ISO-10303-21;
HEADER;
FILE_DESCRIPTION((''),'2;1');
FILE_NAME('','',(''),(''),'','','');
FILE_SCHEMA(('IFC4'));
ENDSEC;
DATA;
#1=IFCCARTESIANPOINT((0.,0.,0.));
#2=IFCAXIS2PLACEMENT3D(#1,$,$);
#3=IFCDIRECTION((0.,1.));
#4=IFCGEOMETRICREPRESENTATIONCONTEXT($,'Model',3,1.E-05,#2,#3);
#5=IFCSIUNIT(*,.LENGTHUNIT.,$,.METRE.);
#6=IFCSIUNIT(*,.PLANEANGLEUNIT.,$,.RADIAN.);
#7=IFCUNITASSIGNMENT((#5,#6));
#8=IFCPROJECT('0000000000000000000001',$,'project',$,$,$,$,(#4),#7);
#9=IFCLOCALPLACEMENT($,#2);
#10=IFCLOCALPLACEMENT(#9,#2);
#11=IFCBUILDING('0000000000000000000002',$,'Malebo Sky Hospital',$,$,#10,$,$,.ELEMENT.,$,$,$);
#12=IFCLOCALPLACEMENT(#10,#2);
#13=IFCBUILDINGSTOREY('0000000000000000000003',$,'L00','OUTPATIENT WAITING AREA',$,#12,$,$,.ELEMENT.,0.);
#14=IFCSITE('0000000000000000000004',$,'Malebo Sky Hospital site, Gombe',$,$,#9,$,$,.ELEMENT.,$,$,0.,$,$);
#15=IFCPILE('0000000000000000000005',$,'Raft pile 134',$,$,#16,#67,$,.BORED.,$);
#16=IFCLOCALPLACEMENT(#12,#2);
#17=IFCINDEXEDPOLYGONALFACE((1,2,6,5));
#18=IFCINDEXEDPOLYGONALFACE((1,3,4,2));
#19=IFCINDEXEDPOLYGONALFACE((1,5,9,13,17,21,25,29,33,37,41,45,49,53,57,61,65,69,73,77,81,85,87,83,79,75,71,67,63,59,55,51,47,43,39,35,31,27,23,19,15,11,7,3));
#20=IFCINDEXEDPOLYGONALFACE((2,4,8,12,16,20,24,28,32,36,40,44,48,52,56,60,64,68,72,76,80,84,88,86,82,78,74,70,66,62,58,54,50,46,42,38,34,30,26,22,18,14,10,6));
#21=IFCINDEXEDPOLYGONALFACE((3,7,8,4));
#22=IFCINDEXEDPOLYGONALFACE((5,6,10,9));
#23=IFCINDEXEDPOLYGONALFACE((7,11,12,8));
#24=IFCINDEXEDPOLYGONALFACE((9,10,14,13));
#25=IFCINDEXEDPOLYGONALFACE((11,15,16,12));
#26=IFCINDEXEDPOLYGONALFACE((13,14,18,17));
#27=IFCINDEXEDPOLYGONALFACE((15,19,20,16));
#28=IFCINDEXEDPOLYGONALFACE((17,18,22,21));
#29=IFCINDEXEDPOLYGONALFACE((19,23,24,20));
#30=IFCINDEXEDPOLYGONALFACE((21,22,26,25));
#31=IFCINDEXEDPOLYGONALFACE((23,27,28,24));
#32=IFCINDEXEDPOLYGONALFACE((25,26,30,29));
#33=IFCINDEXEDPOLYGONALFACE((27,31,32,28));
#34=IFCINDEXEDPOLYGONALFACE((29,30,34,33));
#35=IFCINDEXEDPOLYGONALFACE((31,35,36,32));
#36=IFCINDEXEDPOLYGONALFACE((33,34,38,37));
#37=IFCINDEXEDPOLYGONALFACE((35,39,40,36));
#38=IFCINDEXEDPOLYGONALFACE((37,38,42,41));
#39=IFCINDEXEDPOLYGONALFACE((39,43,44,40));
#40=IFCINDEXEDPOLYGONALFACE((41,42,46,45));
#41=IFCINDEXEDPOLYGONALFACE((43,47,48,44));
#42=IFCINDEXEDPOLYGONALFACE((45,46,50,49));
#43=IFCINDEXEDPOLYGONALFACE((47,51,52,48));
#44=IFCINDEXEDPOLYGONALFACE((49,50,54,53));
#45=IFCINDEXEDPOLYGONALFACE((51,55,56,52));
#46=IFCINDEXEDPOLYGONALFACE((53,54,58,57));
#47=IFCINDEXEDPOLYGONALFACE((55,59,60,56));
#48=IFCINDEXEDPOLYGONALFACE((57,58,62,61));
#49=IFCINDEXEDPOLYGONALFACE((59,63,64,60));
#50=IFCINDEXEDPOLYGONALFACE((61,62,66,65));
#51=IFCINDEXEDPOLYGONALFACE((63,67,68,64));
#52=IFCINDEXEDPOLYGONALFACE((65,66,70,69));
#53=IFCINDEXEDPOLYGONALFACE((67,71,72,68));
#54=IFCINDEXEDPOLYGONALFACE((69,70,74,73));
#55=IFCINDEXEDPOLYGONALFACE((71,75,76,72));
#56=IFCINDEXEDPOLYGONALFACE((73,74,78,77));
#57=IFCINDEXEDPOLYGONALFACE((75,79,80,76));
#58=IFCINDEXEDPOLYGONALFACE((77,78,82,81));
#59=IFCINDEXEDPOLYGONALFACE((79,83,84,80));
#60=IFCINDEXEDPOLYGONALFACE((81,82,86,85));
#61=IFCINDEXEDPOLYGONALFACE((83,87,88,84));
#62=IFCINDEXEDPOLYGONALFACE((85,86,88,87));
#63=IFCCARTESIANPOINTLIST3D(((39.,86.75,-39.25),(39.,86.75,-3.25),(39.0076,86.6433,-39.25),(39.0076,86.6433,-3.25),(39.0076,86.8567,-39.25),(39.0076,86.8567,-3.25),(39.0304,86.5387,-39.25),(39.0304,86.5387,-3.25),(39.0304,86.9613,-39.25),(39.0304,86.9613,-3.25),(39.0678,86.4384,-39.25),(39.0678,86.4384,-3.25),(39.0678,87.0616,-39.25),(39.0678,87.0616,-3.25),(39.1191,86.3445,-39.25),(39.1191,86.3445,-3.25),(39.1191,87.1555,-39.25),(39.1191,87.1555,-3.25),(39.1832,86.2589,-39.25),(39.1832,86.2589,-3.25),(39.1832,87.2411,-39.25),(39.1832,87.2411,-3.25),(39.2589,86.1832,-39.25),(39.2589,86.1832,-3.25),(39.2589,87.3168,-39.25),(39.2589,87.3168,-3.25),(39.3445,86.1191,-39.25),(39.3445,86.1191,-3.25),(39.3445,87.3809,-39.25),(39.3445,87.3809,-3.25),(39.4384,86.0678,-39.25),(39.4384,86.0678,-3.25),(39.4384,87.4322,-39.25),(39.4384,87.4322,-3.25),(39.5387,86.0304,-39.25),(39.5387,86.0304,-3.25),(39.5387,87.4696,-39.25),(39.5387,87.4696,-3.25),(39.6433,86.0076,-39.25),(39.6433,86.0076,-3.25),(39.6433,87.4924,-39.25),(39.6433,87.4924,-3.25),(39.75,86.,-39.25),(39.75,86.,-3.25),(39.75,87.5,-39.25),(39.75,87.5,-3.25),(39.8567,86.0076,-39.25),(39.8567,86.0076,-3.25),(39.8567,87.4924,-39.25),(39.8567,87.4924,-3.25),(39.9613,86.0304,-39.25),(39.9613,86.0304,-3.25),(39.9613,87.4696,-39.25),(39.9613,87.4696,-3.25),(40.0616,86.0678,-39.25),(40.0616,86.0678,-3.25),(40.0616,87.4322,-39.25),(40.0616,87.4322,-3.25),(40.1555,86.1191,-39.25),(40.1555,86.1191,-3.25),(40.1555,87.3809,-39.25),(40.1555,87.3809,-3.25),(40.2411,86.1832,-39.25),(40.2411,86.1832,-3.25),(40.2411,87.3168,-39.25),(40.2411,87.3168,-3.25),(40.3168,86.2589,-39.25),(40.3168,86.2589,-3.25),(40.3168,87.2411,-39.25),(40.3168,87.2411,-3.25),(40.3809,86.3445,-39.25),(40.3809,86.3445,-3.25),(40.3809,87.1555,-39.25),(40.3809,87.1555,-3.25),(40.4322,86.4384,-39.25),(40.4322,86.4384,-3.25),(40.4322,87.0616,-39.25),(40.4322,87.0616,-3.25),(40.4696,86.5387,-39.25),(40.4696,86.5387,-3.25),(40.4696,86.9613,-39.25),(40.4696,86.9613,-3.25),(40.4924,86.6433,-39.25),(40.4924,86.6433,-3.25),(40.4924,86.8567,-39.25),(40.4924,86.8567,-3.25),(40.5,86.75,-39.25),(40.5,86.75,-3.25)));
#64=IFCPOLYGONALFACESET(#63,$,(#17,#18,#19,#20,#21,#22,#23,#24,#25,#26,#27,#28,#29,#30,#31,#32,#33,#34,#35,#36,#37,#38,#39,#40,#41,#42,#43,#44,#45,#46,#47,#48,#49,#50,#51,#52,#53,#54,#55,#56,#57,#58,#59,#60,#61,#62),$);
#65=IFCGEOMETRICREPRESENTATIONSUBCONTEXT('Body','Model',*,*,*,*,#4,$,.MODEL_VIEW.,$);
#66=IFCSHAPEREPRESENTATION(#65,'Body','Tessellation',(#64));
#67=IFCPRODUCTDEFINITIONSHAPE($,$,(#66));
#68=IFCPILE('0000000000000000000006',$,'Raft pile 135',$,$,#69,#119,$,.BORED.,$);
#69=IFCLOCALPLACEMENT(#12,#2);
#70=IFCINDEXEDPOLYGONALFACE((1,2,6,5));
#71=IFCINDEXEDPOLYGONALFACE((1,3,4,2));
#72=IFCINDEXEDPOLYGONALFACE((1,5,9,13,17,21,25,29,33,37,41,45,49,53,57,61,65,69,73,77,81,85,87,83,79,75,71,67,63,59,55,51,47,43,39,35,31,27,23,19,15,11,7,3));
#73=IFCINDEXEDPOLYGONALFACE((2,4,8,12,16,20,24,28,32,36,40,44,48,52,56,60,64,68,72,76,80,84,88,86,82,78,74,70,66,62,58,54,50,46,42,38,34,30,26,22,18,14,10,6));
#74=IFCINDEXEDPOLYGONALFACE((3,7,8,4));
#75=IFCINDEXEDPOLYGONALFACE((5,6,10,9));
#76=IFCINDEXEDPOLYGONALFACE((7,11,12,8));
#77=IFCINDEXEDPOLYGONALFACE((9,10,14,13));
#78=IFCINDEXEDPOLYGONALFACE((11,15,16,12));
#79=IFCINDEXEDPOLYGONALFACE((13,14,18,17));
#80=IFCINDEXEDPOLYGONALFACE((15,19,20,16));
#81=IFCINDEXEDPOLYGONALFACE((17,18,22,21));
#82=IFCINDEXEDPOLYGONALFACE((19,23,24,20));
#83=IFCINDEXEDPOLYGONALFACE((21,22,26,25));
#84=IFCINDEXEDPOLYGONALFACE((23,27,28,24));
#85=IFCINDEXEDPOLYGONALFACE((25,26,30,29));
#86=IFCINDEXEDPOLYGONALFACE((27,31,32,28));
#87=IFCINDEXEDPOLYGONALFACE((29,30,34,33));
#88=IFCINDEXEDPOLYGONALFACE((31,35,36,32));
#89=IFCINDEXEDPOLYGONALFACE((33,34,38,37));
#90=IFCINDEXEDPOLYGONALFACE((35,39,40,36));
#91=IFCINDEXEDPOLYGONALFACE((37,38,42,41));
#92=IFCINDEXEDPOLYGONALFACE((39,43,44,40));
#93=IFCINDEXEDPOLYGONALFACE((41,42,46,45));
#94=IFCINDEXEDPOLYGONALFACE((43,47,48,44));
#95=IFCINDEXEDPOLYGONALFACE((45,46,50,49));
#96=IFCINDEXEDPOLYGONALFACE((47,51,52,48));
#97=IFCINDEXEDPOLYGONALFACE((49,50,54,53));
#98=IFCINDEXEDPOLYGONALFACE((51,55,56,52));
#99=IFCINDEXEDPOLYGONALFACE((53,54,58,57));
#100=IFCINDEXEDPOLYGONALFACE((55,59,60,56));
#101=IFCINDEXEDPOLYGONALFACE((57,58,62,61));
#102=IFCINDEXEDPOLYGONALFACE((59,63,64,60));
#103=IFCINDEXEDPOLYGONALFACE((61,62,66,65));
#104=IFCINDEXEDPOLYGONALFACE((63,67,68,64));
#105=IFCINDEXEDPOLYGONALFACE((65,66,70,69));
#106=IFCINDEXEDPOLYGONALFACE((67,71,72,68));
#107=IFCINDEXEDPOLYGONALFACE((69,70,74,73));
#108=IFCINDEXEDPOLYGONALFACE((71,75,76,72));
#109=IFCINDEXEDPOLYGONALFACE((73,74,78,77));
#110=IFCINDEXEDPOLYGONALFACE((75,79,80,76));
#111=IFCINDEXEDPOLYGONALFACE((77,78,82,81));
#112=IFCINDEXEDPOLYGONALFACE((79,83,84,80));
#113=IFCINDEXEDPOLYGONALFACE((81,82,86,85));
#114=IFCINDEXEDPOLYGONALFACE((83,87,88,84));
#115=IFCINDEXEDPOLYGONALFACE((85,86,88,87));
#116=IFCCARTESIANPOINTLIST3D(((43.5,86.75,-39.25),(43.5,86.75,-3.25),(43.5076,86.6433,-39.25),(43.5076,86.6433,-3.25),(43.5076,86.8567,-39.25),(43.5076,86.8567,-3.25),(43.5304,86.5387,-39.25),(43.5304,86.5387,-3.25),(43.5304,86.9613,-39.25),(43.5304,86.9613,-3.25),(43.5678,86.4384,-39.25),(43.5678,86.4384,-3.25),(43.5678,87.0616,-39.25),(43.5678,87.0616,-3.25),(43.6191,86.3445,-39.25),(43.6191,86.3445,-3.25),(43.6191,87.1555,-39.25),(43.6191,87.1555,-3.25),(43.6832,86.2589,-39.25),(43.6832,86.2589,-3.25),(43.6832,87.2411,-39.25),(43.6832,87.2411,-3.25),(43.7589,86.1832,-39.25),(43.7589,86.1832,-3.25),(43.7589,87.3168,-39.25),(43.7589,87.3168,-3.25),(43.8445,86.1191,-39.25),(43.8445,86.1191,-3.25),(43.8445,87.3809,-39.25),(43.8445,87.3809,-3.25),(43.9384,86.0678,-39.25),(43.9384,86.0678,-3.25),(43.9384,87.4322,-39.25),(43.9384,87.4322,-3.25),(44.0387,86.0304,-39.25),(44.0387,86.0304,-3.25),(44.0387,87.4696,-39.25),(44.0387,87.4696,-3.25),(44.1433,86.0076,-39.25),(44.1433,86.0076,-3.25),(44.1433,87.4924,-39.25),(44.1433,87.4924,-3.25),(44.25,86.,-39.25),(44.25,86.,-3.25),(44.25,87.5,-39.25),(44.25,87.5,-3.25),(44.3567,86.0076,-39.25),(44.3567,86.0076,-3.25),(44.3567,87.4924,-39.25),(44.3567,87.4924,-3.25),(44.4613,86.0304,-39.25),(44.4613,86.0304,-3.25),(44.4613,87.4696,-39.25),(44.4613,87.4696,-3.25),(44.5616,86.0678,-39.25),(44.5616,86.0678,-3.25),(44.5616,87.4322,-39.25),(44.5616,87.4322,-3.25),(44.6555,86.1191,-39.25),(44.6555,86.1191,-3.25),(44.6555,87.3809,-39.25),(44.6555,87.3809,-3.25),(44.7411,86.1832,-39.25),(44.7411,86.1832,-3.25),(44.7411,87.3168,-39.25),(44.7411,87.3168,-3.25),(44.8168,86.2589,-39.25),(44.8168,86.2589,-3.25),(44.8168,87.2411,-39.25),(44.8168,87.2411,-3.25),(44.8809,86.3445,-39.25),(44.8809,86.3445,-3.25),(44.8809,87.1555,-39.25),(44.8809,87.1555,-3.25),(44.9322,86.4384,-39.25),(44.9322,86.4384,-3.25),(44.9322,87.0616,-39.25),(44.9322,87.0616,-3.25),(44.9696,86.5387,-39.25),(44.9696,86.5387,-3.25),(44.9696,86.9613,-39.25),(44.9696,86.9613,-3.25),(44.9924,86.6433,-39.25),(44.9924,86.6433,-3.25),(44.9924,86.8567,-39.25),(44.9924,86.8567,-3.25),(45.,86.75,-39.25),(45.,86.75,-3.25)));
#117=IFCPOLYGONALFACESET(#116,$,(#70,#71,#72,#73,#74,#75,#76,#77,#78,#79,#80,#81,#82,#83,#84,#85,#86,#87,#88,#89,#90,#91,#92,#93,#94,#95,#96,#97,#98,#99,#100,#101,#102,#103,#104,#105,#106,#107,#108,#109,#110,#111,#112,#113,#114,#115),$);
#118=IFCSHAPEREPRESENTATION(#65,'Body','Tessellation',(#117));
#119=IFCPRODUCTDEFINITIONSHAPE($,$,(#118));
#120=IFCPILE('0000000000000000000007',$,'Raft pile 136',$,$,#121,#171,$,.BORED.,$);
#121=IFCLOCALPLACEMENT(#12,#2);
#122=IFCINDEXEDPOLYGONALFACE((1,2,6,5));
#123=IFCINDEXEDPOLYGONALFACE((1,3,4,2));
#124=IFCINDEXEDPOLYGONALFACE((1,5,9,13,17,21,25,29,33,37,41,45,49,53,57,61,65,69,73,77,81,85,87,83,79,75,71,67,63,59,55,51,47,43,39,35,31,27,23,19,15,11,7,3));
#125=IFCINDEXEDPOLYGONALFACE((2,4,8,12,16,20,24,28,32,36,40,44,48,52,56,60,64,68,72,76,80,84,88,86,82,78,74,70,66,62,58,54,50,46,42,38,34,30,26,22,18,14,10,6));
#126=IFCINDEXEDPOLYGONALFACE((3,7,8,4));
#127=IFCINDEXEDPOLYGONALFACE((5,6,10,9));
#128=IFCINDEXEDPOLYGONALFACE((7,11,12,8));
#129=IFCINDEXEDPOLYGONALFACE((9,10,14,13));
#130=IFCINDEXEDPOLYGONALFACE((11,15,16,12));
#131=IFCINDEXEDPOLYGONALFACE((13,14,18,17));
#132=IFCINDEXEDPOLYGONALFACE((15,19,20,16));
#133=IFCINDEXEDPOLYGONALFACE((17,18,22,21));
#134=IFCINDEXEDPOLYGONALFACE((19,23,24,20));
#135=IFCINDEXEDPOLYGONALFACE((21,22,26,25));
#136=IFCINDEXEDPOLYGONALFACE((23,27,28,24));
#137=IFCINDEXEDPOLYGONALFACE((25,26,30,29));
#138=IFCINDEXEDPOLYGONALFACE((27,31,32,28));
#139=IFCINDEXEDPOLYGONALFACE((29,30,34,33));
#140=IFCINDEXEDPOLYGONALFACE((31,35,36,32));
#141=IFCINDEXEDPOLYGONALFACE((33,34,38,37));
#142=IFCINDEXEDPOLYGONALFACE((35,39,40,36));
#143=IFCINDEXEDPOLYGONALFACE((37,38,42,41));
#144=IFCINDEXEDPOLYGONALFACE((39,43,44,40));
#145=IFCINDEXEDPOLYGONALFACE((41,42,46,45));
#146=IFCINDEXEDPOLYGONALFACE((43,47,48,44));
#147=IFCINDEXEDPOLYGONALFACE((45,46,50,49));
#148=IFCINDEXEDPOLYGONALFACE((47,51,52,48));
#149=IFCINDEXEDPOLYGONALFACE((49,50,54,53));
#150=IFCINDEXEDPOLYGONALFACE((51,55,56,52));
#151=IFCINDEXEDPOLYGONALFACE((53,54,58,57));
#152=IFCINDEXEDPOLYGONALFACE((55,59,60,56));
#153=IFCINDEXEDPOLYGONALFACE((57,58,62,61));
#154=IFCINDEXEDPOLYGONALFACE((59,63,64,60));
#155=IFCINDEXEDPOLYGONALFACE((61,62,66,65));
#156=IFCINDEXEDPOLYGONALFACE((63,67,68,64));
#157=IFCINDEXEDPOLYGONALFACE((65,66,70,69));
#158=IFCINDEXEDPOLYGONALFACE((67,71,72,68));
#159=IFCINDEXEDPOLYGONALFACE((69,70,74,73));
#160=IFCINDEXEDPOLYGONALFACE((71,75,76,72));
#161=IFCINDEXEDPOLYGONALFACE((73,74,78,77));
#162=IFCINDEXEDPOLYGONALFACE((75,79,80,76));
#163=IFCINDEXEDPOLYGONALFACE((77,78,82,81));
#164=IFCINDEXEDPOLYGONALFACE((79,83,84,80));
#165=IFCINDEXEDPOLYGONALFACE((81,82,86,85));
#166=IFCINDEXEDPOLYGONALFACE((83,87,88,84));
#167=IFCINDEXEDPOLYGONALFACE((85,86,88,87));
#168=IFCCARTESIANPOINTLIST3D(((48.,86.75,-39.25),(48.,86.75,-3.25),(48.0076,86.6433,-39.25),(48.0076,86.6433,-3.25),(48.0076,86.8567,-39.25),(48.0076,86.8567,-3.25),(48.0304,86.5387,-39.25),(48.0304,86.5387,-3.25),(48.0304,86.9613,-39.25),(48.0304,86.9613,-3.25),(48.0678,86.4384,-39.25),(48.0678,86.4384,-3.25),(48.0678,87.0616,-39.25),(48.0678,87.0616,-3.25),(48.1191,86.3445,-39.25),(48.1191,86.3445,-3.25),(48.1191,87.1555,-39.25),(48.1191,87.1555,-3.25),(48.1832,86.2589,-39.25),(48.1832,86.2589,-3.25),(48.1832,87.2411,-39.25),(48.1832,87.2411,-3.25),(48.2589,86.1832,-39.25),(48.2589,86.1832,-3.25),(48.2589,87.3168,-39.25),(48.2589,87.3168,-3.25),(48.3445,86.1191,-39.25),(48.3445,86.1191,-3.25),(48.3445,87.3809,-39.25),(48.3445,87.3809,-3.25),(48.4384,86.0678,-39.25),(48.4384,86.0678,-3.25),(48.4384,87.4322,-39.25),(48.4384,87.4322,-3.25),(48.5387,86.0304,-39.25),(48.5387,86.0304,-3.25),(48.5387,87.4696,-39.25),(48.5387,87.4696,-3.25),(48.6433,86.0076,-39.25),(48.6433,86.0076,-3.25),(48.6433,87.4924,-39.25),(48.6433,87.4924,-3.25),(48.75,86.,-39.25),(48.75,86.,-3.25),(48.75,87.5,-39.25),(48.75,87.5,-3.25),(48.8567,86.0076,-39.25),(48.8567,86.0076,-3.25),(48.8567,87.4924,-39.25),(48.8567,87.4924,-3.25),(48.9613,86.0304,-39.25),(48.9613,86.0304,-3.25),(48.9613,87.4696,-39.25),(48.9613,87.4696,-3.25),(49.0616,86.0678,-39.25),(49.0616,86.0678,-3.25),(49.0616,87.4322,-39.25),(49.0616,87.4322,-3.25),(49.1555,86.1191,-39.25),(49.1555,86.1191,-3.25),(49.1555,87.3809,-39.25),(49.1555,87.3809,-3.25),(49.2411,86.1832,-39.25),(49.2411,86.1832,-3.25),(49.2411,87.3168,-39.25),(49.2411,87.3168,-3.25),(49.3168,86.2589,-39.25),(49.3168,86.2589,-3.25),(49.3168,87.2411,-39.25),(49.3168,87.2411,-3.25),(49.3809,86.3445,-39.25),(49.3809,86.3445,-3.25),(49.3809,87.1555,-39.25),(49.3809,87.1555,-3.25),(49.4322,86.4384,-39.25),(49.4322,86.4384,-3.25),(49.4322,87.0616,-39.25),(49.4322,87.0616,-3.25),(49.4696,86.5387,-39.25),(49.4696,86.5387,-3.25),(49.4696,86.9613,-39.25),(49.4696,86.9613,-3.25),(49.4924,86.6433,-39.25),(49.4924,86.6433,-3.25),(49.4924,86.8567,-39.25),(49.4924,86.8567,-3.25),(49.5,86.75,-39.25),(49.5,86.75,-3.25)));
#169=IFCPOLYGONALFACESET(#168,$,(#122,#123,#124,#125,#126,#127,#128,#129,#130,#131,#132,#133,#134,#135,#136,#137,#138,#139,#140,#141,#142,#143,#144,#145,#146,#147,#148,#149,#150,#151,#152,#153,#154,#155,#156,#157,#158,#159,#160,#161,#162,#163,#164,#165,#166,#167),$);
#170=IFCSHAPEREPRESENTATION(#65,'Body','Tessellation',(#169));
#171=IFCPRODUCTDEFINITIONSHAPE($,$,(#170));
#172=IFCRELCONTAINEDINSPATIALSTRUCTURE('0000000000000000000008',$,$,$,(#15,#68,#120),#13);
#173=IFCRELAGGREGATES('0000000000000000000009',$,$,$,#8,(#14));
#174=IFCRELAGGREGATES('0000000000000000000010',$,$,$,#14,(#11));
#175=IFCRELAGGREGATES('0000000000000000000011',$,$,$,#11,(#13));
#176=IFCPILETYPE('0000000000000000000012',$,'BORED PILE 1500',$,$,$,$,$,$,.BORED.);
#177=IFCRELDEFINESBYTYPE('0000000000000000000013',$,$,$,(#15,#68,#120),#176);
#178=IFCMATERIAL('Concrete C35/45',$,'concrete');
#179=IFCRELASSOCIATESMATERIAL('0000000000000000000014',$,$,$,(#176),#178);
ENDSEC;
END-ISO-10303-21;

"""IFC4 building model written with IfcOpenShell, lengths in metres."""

from ifc_helpers import new_model, si_unit, direction, frame, origin, origin_2d, place, context, subcontext, project, spatial, circle, extrude, material, material_profile, profile_set, type_object, element, save


model = new_model("IFC4")

# Units and contexts
model_context = context("Model", 3, precision=1e-05, world=origin(), true_north=direction((0.0, 1.0)))
body_context = subcontext(model_context, "Body", "Model", "MODEL_VIEW")
ifc_project = project(units=[si_unit("LENGTHUNIT", "METRE"), si_unit("PLANEANGLEUNIT", "RADIAN")], contexts=[model_context])

# Site, building, storey
site_placement = place(None, origin())
site = spatial("IfcSite", under=ifc_project, at=site_placement, Name="Malebo Sky Hospital site, Gombe", CompositionType="ELEMENT", RefElevation=0.0)
building_placement = place(site_placement, origin())
building = spatial("IfcBuilding", under=site, at=building_placement, Name="Malebo Sky Hospital", CompositionType="ELEMENT")
storey_placement = place(building_placement, origin())
storey = spatial("IfcBuildingStorey", under=building, at=storey_placement, Name="L00", Description="OUTPATIENT WAITING AREA", CompositionType="ELEMENT", Elevation=0.0)

# Piles
ifc_material_1 = material(Name="Concrete C35/45", Category="concrete")
ifc_material_profile_1 = material_profile(ifc_material_1, circle(Radius=0.75, at=origin_2d()), Name="BP 1500")
ifc_profile_set_1 = profile_set([ifc_material_profile_1], Name="Concrete C35/45")
pile_type = type_object("IfcPileType", Name="BORED PILE 1500", PredefinedType="BORED", material=ifc_profile_set_1)
for number, where, z_axis, x_axis, name in (
    (1, (39.75, 86.75, -3.25), (0.0, 0.0, -1.0), (1.0, 0.0, 0.0), "Raft pile 134"),
    (2, (44.25, 86.75, -3.25), (0.0, 0.0, -1.0), (1.0, 0.0, 0.0), "Raft pile 135"),
    (3, (48.75, 86.75, -3.25), (0.0, 0.0, -1.0), (1.0, 0.0, 0.0), "Raft pile 136"),
):
    element("IfcPile", number, at=place(storey_placement, frame(where, z_axis=z_axis, x_axis=x_axis)), inside=storey, type_object=pile_type, Name=name, PredefinedType="BORED", context=body_context, shape_type="SweptSolid", body=[
        extrude(circle(Radius=0.75, at=origin_2d()), origin(), (0.0, 0.0, 1.0), 36.0),
    ])

save(model, "model.ifc")
